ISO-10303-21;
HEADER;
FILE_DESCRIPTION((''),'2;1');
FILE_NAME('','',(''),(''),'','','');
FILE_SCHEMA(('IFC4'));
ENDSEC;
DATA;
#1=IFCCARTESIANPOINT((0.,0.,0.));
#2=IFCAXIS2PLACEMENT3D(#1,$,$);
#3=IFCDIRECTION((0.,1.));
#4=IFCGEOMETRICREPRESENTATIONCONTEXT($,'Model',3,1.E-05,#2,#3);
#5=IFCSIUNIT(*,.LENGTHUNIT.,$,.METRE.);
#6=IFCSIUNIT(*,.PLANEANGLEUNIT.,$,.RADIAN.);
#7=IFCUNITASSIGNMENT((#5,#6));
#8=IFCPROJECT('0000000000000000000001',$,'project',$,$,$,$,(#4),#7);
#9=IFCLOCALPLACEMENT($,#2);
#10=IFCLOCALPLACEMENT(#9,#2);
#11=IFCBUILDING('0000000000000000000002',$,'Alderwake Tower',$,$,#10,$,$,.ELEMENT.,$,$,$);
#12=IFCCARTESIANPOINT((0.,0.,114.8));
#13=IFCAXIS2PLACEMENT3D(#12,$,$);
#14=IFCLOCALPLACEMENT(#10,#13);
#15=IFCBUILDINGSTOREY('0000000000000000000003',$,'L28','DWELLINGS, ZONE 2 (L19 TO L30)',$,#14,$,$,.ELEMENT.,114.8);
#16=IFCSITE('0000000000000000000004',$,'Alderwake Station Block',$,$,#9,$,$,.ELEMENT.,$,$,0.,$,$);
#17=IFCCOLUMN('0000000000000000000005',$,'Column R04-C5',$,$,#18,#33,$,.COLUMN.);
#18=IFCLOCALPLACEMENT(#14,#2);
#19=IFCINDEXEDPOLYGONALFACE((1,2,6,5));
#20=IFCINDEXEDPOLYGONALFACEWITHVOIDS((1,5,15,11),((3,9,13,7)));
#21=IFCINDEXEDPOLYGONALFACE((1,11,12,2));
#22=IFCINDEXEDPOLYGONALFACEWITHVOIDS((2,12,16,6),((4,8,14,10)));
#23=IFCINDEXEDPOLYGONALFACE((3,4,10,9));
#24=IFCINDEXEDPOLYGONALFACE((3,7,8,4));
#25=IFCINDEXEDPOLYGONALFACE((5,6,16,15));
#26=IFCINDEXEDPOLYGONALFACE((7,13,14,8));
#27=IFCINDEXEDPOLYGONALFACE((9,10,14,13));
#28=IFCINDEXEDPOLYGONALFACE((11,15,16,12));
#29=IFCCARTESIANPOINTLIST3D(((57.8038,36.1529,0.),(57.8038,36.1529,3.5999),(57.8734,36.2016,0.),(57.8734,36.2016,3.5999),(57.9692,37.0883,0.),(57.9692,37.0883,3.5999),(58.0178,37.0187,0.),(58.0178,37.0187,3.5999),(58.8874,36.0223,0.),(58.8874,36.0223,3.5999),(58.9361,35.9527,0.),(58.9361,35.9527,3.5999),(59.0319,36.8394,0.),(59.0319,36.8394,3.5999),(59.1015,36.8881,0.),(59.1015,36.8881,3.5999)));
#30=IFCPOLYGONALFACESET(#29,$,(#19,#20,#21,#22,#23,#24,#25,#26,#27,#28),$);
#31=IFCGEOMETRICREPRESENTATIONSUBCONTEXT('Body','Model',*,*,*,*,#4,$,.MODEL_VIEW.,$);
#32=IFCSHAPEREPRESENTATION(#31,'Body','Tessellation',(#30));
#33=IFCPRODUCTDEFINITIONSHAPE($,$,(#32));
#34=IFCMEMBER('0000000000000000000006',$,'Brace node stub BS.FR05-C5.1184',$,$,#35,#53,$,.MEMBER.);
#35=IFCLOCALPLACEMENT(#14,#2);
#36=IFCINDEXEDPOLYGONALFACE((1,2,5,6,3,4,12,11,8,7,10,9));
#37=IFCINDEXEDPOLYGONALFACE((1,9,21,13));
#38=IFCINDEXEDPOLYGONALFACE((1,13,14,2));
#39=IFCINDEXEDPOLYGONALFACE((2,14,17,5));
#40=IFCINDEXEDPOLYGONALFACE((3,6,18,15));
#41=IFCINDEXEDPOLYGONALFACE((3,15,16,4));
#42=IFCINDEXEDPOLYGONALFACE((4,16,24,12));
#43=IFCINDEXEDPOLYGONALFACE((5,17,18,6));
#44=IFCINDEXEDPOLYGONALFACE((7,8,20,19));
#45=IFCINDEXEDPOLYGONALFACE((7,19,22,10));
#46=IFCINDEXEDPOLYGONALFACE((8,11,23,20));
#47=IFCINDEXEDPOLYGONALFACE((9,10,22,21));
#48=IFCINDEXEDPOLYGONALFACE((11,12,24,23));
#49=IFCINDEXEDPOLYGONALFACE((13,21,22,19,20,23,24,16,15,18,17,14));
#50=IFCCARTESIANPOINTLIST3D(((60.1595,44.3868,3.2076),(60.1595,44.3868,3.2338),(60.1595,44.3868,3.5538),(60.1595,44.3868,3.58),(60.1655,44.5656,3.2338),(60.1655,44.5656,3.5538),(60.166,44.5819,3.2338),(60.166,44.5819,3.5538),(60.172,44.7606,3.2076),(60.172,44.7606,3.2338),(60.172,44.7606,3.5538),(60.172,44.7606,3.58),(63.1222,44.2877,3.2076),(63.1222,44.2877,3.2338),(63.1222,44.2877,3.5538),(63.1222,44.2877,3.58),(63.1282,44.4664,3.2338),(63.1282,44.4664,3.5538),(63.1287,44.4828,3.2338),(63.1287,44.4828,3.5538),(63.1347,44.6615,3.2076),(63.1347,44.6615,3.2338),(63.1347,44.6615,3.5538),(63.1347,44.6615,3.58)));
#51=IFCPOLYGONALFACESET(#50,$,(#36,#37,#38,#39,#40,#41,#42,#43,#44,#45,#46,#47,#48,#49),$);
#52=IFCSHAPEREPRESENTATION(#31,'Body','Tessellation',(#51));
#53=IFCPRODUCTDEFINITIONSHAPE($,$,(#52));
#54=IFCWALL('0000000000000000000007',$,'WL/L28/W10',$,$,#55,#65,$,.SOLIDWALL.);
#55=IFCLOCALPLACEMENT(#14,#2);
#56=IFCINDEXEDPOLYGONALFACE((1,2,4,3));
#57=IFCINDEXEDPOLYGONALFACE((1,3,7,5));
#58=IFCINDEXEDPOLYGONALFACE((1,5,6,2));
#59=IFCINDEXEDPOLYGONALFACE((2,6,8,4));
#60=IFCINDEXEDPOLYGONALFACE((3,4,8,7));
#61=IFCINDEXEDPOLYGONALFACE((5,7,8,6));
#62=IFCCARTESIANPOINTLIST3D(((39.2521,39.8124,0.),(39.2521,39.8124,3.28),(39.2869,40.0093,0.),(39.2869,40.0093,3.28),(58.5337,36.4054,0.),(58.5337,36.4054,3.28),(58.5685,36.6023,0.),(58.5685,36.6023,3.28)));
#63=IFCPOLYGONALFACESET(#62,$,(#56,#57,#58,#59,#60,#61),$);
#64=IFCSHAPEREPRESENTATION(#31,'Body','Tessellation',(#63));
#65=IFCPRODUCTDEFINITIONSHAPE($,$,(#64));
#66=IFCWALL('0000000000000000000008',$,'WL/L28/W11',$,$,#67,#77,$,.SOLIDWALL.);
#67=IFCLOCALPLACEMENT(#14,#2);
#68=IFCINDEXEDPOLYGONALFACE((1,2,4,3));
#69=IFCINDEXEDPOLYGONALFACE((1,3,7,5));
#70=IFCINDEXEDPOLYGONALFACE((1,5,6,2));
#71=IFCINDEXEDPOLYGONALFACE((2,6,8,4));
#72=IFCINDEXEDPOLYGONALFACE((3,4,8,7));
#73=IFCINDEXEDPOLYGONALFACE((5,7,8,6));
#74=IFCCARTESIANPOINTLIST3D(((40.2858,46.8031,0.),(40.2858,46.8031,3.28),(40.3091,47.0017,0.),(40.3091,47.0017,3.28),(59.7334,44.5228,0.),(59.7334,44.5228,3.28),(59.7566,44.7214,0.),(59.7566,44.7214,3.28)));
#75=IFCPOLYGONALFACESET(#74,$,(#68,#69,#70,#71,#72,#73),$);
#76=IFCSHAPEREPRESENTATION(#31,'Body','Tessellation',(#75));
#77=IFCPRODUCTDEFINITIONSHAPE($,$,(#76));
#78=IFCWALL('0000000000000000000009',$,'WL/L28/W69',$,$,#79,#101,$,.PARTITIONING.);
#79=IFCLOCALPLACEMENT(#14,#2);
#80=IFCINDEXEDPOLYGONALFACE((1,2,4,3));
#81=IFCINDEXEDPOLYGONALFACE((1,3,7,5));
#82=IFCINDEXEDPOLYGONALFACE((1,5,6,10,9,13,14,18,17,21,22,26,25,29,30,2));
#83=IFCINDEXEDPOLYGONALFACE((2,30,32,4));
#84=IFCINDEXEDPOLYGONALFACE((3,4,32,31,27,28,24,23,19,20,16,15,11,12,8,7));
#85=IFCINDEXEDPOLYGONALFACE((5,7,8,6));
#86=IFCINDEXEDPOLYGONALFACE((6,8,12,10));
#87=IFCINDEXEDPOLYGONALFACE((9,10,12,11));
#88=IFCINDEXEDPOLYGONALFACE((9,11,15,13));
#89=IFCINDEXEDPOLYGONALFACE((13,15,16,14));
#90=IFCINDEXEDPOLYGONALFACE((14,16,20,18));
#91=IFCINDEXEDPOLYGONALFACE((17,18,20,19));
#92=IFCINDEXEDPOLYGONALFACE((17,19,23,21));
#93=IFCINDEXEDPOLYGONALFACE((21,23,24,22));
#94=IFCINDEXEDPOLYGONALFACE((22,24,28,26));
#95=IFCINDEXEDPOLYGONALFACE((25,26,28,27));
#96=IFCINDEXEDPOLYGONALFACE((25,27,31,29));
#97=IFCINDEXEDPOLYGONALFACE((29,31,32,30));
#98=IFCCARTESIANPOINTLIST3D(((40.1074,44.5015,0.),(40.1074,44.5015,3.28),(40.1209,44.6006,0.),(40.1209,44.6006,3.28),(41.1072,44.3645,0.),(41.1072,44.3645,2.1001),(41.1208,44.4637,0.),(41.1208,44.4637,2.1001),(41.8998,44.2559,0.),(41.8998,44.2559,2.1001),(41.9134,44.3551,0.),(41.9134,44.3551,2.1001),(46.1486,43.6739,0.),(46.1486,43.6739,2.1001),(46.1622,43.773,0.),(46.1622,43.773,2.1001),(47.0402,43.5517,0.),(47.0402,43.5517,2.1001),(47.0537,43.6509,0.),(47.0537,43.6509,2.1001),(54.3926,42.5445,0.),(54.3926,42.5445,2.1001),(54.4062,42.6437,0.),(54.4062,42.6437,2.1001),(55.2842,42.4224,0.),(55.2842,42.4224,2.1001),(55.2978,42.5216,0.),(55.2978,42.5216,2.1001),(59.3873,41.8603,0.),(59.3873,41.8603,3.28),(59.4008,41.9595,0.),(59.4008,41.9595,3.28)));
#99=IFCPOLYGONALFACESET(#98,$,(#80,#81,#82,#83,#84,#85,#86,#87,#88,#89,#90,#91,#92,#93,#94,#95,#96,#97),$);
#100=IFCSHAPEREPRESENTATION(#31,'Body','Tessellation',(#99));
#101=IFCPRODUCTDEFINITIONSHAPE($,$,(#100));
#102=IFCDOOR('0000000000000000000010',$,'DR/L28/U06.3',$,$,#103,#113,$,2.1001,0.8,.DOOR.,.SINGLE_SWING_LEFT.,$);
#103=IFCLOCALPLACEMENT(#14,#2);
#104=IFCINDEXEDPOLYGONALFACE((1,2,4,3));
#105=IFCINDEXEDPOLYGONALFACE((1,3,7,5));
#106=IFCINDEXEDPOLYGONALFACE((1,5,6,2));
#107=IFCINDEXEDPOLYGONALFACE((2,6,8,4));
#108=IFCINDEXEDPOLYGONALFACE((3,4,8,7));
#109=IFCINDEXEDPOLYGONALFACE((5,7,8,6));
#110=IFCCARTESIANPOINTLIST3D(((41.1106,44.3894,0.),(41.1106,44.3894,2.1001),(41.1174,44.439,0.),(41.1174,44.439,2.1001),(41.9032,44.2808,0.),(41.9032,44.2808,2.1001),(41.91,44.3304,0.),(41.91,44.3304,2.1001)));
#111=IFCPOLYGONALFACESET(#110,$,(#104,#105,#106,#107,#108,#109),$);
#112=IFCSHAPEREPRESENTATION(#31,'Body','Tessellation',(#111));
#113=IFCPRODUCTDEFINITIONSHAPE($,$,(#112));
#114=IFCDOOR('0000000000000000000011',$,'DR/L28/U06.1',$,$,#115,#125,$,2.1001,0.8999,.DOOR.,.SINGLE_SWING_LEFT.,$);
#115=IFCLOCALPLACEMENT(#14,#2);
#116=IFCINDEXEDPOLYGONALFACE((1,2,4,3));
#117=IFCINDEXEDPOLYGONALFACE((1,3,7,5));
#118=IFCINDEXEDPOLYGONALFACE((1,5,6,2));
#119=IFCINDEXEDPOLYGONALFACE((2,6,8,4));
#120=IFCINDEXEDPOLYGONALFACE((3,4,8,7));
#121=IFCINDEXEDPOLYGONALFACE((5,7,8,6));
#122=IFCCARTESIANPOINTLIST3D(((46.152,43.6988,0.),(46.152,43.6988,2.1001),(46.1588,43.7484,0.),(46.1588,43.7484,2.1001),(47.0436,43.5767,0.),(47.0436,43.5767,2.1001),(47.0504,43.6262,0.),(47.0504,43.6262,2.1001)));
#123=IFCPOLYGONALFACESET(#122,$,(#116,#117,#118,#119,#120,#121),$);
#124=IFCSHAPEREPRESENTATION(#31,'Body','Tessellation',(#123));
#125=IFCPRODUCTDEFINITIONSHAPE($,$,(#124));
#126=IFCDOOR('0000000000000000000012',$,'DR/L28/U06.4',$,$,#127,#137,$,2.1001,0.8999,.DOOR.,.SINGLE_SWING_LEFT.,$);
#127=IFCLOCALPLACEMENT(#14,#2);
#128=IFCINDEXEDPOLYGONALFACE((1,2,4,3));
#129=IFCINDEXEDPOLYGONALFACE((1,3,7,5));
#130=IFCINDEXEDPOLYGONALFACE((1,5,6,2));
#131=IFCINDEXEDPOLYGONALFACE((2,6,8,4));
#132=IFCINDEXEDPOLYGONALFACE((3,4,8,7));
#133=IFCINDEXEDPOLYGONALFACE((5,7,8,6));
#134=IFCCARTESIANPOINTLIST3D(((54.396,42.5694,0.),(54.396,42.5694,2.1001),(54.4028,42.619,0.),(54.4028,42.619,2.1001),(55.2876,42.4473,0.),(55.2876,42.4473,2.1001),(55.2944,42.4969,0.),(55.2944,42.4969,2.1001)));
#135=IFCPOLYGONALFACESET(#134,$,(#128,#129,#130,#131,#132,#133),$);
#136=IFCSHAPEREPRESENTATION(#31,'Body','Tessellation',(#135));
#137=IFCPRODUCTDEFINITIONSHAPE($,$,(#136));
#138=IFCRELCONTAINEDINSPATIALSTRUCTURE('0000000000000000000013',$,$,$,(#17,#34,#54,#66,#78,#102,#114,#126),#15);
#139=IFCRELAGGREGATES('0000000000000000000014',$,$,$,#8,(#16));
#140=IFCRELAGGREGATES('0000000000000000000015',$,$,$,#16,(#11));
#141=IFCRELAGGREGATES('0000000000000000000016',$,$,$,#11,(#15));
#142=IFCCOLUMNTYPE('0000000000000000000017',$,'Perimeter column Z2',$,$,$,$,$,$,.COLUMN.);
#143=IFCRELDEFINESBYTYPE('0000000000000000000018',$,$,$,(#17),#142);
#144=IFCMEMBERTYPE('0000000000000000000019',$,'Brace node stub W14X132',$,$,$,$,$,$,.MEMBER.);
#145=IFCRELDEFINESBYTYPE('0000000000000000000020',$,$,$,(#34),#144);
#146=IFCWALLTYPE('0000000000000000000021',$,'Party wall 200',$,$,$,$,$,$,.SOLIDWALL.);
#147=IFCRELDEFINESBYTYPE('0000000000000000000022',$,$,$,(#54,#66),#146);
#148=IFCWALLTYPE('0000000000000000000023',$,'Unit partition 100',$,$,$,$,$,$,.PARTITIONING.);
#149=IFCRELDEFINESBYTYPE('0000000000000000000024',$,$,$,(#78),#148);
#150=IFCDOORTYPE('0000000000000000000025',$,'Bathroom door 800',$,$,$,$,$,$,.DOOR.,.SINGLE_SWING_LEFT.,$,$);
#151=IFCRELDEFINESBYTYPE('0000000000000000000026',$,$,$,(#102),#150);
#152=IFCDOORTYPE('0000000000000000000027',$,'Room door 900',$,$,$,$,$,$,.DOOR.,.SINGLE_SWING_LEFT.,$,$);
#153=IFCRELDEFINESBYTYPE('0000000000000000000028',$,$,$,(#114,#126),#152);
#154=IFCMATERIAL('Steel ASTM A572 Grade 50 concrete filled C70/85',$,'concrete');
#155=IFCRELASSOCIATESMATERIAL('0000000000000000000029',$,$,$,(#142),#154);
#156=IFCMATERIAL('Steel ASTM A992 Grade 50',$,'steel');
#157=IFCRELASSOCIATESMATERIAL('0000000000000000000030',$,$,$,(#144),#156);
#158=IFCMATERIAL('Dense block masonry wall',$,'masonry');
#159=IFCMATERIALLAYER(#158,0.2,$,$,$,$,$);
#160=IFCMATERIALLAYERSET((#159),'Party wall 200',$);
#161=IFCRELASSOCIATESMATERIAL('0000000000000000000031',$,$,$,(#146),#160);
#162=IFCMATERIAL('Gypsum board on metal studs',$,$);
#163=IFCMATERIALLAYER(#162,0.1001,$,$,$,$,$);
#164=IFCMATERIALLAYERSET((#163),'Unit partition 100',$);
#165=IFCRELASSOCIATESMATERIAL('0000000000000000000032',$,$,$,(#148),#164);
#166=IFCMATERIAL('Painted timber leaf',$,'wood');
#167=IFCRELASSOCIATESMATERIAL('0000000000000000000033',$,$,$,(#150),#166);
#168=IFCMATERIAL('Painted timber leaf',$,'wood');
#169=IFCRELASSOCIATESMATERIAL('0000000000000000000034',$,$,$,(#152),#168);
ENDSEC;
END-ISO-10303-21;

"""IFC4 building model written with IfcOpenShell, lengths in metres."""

from ifc_helpers import new_model, si_unit, direction, frame, frame_2d, origin, origin_2d, place, context, subcontext, project, spatial, rectangle, hollow_rectangle, i_section, extrude, material, layer, layer_set, material_profile, profile_set, type_object, element, fill, save


model = new_model("IFC4")

# Units and contexts
model_context = context("Model", 3, precision=1e-05, world=origin(), true_north=direction((0.0, 1.0)))
body_context = subcontext(model_context, "Body", "Model", "MODEL_VIEW")
ifc_project = project(units=[si_unit("LENGTHUNIT", "METRE"), si_unit("PLANEANGLEUNIT", "RADIAN")], contexts=[model_context])

# Site, building, storey
site_placement = place(None, origin())
site = spatial("IfcSite", under=ifc_project, at=site_placement, Name="Alderwake Station Block", CompositionType="ELEMENT", RefElevation=0.0)
building_placement = place(site_placement, origin())
building = spatial("IfcBuilding", under=site, at=building_placement, Name="Alderwake Tower", CompositionType="ELEMENT")
storey_placement = place(building_placement, frame((0.0, 0.0, 114.8)))
storey = spatial("IfcBuildingStorey", under=building, at=storey_placement, Name="L28", Description="DWELLINGS, ZONE 2 (L19 TO L30)", CompositionType="ELEMENT", Elevation=114.8)

# Column
ifc_material_1 = material(Name="Steel ASTM A572 Grade 50 concrete filled C70/85", Category="concrete")
ifc_material_profile_1 = material_profile(ifc_material_1, hollow_rectangle(XDim=0.95, YDim=1.1499, WallThickness=0.0601, at=origin_2d()), Name="BOX 1150X950X60")
ifc_profile_set_1 = profile_set([ifc_material_profile_1], Name="Steel ASTM A572 Grade 50 concrete filled C70/85")
column_type = type_object("IfcColumnType", Name="Perimeter column Z2", PredefinedType="COLUMN", material=ifc_profile_set_1)
column_placement = place(storey_placement, frame((58.4526, 36.5205, 0.0), z_axis=(0.0, 0.0, 1.0), x_axis=(0.174109, 0.984726, 0.0)))
element("IfcColumn", 1, at=column_placement, inside=storey, type_object=column_type, Name="Column R04-C5", PredefinedType="COLUMN", context=body_context, shape_type="SweptSolid", body=[
    extrude(hollow_rectangle(XDim=0.95, YDim=1.1499, WallThickness=0.0601, at=origin_2d()), origin(), (0.0, 0.0, 1.0), 3.5999),
])

# Member
ifc_material_2 = material(Name="Steel ASTM A992 Grade 50", Category="steel")
ifc_material_profile_2 = material_profile(ifc_material_2, i_section(OverallWidth=0.374, OverallDepth=0.3723, WebThickness=0.0164, FlangeThickness=0.0261, at=origin_2d()), Name="W14X132")
ifc_profile_set_2 = profile_set([ifc_material_profile_2], Name="Steel ASTM A992 Grade 50")
member_type = type_object("IfcMemberType", Name="Brace node stub W14X132", PredefinedType="MEMBER", material=ifc_profile_set_2)
member_placement = place(storey_placement, frame((60.1658, 44.5737, 3.3938), z_axis=(0.999441, -0.033438, 0.0), x_axis=(0.033438, 0.999441, 0.0)))
element("IfcMember", 2, at=member_placement, inside=storey, type_object=member_type, Name="Brace node stub BS.FR05-C5.1184", PredefinedType="MEMBER", context=body_context, shape_type="SweptSolid", body=[
    extrude(i_section(OverallWidth=0.374, OverallDepth=0.3723, WebThickness=0.0164, FlangeThickness=0.0261, at=origin_2d()), origin(), (0.0, 0.0, 1.0), 2.9644),
])

# Walls
ifc_material_3 = material(Name="Dense block masonry wall", Category="masonry")
ifc_layer_1 = layer(ifc_material_3, 0.2)
ifc_layer_set_1 = layer_set([ifc_layer_1], Name="Party wall 200")
wall_type_1 = type_object("IfcWallType", Name="Party wall 200", PredefinedType="SOLIDWALL", material=ifc_layer_set_1)
wall_1_placement = place(storey_placement, frame((58.551, 36.5039, 0.0), z_axis=(0.0, 0.0, 1.0), x_axis=(-0.984746, 0.173999, 0.0)))
element("IfcWall", 3, at=wall_1_placement, inside=storey, type_object=wall_type_1, Name="WL/L28/W10", PredefinedType="SOLIDWALL", context=body_context, shape_type="SweptSolid", body=[
    extrude(rectangle(XDim=19.5803, YDim=0.2, at=frame_2d((9.79, 0.0))), origin(), (0.0, 0.0, 1.0), 3.28),
])
wall_2_placement = place(storey_placement, frame((59.7451, 44.6221, 0.0), z_axis=(0.0, 0.0, 1.0), x_axis=(-0.993196, 0.116455, 0.0)))
element("IfcWall", 4, at=wall_2_placement, inside=storey, type_object=wall_type_1, Name="WL/L28/W11", PredefinedType="SOLIDWALL", context=body_context, shape_type="SweptSolid", body=[
    extrude(rectangle(XDim=19.5808, YDim=0.2, at=frame_2d((9.7905, 0.0))), origin(), (0.0, 0.0, 1.0), 3.28),
])

# Wall, openings, doors
ifc_material_4 = material(Name="Gypsum board on metal studs")
ifc_layer_2 = layer(ifc_material_4, 0.1001)
ifc_layer_set_2 = layer_set([ifc_layer_2], Name="Unit partition 100")
wall_type_2 = type_object("IfcWallType", Name="Unit partition 100", PredefinedType="PARTITIONING", material=ifc_layer_set_2)
wall_3_placement = place(storey_placement, frame((59.394, 41.9099, 0.0), z_axis=(0.0, 0.0, 1.0), x_axis=(-0.990747, 0.135721, 0.0)))
wall_3 = element("IfcWall", 5, at=wall_3_placement, inside=storey, type_object=wall_type_2, Name="WL/L28/W69", PredefinedType="PARTITIONING", context=body_context, shape_type="SweptSolid", body=[
    extrude(rectangle(XDim=19.46, YDim=0.1001, at=frame_2d((9.73, 0.0))), origin(), (0.0, 0.0, 1.0), 3.28),
])
opening_1_placement = place(wall_3_placement, frame((12.4624, 0.0, 0.0)))
opening_1 = element("IfcOpeningElement", 6, at=opening_1_placement, cuts=wall_3, PredefinedType="OPENING", context=body_context, shape_type="SweptSolid", body=[
    extrude(rectangle(XDim=0.8999, YDim=2.1001, at=frame_2d((0.45, 1.05))), frame((0.0, 0.0601, 0.0), z_axis=(0.0, -1.0, 0.0), x_axis=(1.0, 0.0, 0.0)), (0.0, 0.0, 1.0), 0.1201),
])
opening_2_placement = place(wall_3_placement, frame((17.6509, 0.0, 0.0)))
opening_2 = element("IfcOpeningElement", 7, at=opening_2_placement, cuts=wall_3, PredefinedType="OPENING", context=body_context, shape_type="SweptSolid", body=[
    extrude(rectangle(XDim=0.8, YDim=2.1001, at=frame_2d((0.3999, 1.05))), frame((0.0, 0.0601, 0.0), z_axis=(0.0, -1.0, 0.0), x_axis=(1.0, 0.0, 0.0)), (0.0, 0.0, 1.0), 0.1201),
])
opening_3_placement = place(wall_3_placement, frame((4.1414, 0.0, 0.0)))
opening_3 = element("IfcOpeningElement", 8, at=opening_3_placement, cuts=wall_3, PredefinedType="OPENING", context=body_context, shape_type="SweptSolid", body=[
    extrude(rectangle(XDim=0.8999, YDim=2.1001, at=frame_2d((0.45, 1.05))), frame((0.0, 0.0601, 0.0), z_axis=(0.0, -1.0, 0.0), x_axis=(1.0, 0.0, 0.0)), (0.0, 0.0, 1.0), 0.1201),
])
ifc_material_5 = material(Name="Painted timber leaf", Category="wood")
door_type_1 = type_object("IfcDoorType", Name="Bathroom door 800", OperationType="SINGLE_SWING_LEFT", PredefinedType="DOOR", material=ifc_material_5)
door_1_placement = place(opening_2_placement, origin())
door_1 = element("IfcDoor", 9, at=door_1_placement, inside=storey, type_object=door_type_1, Name="DR/L28/U06.3", OperationType="SINGLE_SWING_LEFT", OverallHeight=2.1001, OverallWidth=0.8, PredefinedType="DOOR", context=body_context, shape_type="SweptSolid", body=[
    extrude(rectangle(XDim=0.8, YDim=2.1001, at=frame_2d((0.3999, 1.05))), frame((0.0, 0.0249, 0.0), z_axis=(0.0, -1.0, 0.0), x_axis=(1.0, 0.0, 0.0)), (0.0, 0.0, 1.0), 0.05),
])
fill(opening_2, door_1)
ifc_material_6 = material(Name="Painted timber leaf", Category="wood")
door_type_2 = type_object("IfcDoorType", Name="Room door 900", OperationType="SINGLE_SWING_LEFT", PredefinedType="DOOR", material=ifc_material_6)
door_2_placement = place(opening_1_placement, origin())
door_2 = element("IfcDoor", 10, at=door_2_placement, inside=storey, type_object=door_type_2, Name="DR/L28/U06.1", OperationType="SINGLE_SWING_LEFT", OverallHeight=2.1001, OverallWidth=0.8999, PredefinedType="DOOR", context=body_context, shape_type="SweptSolid", body=[
    extrude(rectangle(XDim=0.8999, YDim=2.1001, at=frame_2d((0.45, 1.05))), frame((0.0, 0.0249, 0.0), z_axis=(0.0, -1.0, 0.0), x_axis=(1.0, 0.0, 0.0)), (0.0, 0.0, 1.0), 0.05),
])
fill(opening_1, door_2)
door_3_placement = place(opening_3_placement, origin())
door_3 = element("IfcDoor", 11, at=door_3_placement, inside=storey, type_object=door_type_2, Name="DR/L28/U06.4", OperationType="SINGLE_SWING_LEFT", OverallHeight=2.1001, OverallWidth=0.8999, PredefinedType="DOOR", context=body_context, shape_type="SweptSolid", body=[
    extrude(rectangle(XDim=0.8999, YDim=2.1001, at=frame_2d((0.45, 1.05))), frame((0.0, 0.0249, 0.0), z_axis=(0.0, -1.0, 0.0), x_axis=(1.0, 0.0, 0.0)), (0.0, 0.0, 1.0), 0.05),
])
fill(opening_3, door_3)

save(model, "model.ifc")
